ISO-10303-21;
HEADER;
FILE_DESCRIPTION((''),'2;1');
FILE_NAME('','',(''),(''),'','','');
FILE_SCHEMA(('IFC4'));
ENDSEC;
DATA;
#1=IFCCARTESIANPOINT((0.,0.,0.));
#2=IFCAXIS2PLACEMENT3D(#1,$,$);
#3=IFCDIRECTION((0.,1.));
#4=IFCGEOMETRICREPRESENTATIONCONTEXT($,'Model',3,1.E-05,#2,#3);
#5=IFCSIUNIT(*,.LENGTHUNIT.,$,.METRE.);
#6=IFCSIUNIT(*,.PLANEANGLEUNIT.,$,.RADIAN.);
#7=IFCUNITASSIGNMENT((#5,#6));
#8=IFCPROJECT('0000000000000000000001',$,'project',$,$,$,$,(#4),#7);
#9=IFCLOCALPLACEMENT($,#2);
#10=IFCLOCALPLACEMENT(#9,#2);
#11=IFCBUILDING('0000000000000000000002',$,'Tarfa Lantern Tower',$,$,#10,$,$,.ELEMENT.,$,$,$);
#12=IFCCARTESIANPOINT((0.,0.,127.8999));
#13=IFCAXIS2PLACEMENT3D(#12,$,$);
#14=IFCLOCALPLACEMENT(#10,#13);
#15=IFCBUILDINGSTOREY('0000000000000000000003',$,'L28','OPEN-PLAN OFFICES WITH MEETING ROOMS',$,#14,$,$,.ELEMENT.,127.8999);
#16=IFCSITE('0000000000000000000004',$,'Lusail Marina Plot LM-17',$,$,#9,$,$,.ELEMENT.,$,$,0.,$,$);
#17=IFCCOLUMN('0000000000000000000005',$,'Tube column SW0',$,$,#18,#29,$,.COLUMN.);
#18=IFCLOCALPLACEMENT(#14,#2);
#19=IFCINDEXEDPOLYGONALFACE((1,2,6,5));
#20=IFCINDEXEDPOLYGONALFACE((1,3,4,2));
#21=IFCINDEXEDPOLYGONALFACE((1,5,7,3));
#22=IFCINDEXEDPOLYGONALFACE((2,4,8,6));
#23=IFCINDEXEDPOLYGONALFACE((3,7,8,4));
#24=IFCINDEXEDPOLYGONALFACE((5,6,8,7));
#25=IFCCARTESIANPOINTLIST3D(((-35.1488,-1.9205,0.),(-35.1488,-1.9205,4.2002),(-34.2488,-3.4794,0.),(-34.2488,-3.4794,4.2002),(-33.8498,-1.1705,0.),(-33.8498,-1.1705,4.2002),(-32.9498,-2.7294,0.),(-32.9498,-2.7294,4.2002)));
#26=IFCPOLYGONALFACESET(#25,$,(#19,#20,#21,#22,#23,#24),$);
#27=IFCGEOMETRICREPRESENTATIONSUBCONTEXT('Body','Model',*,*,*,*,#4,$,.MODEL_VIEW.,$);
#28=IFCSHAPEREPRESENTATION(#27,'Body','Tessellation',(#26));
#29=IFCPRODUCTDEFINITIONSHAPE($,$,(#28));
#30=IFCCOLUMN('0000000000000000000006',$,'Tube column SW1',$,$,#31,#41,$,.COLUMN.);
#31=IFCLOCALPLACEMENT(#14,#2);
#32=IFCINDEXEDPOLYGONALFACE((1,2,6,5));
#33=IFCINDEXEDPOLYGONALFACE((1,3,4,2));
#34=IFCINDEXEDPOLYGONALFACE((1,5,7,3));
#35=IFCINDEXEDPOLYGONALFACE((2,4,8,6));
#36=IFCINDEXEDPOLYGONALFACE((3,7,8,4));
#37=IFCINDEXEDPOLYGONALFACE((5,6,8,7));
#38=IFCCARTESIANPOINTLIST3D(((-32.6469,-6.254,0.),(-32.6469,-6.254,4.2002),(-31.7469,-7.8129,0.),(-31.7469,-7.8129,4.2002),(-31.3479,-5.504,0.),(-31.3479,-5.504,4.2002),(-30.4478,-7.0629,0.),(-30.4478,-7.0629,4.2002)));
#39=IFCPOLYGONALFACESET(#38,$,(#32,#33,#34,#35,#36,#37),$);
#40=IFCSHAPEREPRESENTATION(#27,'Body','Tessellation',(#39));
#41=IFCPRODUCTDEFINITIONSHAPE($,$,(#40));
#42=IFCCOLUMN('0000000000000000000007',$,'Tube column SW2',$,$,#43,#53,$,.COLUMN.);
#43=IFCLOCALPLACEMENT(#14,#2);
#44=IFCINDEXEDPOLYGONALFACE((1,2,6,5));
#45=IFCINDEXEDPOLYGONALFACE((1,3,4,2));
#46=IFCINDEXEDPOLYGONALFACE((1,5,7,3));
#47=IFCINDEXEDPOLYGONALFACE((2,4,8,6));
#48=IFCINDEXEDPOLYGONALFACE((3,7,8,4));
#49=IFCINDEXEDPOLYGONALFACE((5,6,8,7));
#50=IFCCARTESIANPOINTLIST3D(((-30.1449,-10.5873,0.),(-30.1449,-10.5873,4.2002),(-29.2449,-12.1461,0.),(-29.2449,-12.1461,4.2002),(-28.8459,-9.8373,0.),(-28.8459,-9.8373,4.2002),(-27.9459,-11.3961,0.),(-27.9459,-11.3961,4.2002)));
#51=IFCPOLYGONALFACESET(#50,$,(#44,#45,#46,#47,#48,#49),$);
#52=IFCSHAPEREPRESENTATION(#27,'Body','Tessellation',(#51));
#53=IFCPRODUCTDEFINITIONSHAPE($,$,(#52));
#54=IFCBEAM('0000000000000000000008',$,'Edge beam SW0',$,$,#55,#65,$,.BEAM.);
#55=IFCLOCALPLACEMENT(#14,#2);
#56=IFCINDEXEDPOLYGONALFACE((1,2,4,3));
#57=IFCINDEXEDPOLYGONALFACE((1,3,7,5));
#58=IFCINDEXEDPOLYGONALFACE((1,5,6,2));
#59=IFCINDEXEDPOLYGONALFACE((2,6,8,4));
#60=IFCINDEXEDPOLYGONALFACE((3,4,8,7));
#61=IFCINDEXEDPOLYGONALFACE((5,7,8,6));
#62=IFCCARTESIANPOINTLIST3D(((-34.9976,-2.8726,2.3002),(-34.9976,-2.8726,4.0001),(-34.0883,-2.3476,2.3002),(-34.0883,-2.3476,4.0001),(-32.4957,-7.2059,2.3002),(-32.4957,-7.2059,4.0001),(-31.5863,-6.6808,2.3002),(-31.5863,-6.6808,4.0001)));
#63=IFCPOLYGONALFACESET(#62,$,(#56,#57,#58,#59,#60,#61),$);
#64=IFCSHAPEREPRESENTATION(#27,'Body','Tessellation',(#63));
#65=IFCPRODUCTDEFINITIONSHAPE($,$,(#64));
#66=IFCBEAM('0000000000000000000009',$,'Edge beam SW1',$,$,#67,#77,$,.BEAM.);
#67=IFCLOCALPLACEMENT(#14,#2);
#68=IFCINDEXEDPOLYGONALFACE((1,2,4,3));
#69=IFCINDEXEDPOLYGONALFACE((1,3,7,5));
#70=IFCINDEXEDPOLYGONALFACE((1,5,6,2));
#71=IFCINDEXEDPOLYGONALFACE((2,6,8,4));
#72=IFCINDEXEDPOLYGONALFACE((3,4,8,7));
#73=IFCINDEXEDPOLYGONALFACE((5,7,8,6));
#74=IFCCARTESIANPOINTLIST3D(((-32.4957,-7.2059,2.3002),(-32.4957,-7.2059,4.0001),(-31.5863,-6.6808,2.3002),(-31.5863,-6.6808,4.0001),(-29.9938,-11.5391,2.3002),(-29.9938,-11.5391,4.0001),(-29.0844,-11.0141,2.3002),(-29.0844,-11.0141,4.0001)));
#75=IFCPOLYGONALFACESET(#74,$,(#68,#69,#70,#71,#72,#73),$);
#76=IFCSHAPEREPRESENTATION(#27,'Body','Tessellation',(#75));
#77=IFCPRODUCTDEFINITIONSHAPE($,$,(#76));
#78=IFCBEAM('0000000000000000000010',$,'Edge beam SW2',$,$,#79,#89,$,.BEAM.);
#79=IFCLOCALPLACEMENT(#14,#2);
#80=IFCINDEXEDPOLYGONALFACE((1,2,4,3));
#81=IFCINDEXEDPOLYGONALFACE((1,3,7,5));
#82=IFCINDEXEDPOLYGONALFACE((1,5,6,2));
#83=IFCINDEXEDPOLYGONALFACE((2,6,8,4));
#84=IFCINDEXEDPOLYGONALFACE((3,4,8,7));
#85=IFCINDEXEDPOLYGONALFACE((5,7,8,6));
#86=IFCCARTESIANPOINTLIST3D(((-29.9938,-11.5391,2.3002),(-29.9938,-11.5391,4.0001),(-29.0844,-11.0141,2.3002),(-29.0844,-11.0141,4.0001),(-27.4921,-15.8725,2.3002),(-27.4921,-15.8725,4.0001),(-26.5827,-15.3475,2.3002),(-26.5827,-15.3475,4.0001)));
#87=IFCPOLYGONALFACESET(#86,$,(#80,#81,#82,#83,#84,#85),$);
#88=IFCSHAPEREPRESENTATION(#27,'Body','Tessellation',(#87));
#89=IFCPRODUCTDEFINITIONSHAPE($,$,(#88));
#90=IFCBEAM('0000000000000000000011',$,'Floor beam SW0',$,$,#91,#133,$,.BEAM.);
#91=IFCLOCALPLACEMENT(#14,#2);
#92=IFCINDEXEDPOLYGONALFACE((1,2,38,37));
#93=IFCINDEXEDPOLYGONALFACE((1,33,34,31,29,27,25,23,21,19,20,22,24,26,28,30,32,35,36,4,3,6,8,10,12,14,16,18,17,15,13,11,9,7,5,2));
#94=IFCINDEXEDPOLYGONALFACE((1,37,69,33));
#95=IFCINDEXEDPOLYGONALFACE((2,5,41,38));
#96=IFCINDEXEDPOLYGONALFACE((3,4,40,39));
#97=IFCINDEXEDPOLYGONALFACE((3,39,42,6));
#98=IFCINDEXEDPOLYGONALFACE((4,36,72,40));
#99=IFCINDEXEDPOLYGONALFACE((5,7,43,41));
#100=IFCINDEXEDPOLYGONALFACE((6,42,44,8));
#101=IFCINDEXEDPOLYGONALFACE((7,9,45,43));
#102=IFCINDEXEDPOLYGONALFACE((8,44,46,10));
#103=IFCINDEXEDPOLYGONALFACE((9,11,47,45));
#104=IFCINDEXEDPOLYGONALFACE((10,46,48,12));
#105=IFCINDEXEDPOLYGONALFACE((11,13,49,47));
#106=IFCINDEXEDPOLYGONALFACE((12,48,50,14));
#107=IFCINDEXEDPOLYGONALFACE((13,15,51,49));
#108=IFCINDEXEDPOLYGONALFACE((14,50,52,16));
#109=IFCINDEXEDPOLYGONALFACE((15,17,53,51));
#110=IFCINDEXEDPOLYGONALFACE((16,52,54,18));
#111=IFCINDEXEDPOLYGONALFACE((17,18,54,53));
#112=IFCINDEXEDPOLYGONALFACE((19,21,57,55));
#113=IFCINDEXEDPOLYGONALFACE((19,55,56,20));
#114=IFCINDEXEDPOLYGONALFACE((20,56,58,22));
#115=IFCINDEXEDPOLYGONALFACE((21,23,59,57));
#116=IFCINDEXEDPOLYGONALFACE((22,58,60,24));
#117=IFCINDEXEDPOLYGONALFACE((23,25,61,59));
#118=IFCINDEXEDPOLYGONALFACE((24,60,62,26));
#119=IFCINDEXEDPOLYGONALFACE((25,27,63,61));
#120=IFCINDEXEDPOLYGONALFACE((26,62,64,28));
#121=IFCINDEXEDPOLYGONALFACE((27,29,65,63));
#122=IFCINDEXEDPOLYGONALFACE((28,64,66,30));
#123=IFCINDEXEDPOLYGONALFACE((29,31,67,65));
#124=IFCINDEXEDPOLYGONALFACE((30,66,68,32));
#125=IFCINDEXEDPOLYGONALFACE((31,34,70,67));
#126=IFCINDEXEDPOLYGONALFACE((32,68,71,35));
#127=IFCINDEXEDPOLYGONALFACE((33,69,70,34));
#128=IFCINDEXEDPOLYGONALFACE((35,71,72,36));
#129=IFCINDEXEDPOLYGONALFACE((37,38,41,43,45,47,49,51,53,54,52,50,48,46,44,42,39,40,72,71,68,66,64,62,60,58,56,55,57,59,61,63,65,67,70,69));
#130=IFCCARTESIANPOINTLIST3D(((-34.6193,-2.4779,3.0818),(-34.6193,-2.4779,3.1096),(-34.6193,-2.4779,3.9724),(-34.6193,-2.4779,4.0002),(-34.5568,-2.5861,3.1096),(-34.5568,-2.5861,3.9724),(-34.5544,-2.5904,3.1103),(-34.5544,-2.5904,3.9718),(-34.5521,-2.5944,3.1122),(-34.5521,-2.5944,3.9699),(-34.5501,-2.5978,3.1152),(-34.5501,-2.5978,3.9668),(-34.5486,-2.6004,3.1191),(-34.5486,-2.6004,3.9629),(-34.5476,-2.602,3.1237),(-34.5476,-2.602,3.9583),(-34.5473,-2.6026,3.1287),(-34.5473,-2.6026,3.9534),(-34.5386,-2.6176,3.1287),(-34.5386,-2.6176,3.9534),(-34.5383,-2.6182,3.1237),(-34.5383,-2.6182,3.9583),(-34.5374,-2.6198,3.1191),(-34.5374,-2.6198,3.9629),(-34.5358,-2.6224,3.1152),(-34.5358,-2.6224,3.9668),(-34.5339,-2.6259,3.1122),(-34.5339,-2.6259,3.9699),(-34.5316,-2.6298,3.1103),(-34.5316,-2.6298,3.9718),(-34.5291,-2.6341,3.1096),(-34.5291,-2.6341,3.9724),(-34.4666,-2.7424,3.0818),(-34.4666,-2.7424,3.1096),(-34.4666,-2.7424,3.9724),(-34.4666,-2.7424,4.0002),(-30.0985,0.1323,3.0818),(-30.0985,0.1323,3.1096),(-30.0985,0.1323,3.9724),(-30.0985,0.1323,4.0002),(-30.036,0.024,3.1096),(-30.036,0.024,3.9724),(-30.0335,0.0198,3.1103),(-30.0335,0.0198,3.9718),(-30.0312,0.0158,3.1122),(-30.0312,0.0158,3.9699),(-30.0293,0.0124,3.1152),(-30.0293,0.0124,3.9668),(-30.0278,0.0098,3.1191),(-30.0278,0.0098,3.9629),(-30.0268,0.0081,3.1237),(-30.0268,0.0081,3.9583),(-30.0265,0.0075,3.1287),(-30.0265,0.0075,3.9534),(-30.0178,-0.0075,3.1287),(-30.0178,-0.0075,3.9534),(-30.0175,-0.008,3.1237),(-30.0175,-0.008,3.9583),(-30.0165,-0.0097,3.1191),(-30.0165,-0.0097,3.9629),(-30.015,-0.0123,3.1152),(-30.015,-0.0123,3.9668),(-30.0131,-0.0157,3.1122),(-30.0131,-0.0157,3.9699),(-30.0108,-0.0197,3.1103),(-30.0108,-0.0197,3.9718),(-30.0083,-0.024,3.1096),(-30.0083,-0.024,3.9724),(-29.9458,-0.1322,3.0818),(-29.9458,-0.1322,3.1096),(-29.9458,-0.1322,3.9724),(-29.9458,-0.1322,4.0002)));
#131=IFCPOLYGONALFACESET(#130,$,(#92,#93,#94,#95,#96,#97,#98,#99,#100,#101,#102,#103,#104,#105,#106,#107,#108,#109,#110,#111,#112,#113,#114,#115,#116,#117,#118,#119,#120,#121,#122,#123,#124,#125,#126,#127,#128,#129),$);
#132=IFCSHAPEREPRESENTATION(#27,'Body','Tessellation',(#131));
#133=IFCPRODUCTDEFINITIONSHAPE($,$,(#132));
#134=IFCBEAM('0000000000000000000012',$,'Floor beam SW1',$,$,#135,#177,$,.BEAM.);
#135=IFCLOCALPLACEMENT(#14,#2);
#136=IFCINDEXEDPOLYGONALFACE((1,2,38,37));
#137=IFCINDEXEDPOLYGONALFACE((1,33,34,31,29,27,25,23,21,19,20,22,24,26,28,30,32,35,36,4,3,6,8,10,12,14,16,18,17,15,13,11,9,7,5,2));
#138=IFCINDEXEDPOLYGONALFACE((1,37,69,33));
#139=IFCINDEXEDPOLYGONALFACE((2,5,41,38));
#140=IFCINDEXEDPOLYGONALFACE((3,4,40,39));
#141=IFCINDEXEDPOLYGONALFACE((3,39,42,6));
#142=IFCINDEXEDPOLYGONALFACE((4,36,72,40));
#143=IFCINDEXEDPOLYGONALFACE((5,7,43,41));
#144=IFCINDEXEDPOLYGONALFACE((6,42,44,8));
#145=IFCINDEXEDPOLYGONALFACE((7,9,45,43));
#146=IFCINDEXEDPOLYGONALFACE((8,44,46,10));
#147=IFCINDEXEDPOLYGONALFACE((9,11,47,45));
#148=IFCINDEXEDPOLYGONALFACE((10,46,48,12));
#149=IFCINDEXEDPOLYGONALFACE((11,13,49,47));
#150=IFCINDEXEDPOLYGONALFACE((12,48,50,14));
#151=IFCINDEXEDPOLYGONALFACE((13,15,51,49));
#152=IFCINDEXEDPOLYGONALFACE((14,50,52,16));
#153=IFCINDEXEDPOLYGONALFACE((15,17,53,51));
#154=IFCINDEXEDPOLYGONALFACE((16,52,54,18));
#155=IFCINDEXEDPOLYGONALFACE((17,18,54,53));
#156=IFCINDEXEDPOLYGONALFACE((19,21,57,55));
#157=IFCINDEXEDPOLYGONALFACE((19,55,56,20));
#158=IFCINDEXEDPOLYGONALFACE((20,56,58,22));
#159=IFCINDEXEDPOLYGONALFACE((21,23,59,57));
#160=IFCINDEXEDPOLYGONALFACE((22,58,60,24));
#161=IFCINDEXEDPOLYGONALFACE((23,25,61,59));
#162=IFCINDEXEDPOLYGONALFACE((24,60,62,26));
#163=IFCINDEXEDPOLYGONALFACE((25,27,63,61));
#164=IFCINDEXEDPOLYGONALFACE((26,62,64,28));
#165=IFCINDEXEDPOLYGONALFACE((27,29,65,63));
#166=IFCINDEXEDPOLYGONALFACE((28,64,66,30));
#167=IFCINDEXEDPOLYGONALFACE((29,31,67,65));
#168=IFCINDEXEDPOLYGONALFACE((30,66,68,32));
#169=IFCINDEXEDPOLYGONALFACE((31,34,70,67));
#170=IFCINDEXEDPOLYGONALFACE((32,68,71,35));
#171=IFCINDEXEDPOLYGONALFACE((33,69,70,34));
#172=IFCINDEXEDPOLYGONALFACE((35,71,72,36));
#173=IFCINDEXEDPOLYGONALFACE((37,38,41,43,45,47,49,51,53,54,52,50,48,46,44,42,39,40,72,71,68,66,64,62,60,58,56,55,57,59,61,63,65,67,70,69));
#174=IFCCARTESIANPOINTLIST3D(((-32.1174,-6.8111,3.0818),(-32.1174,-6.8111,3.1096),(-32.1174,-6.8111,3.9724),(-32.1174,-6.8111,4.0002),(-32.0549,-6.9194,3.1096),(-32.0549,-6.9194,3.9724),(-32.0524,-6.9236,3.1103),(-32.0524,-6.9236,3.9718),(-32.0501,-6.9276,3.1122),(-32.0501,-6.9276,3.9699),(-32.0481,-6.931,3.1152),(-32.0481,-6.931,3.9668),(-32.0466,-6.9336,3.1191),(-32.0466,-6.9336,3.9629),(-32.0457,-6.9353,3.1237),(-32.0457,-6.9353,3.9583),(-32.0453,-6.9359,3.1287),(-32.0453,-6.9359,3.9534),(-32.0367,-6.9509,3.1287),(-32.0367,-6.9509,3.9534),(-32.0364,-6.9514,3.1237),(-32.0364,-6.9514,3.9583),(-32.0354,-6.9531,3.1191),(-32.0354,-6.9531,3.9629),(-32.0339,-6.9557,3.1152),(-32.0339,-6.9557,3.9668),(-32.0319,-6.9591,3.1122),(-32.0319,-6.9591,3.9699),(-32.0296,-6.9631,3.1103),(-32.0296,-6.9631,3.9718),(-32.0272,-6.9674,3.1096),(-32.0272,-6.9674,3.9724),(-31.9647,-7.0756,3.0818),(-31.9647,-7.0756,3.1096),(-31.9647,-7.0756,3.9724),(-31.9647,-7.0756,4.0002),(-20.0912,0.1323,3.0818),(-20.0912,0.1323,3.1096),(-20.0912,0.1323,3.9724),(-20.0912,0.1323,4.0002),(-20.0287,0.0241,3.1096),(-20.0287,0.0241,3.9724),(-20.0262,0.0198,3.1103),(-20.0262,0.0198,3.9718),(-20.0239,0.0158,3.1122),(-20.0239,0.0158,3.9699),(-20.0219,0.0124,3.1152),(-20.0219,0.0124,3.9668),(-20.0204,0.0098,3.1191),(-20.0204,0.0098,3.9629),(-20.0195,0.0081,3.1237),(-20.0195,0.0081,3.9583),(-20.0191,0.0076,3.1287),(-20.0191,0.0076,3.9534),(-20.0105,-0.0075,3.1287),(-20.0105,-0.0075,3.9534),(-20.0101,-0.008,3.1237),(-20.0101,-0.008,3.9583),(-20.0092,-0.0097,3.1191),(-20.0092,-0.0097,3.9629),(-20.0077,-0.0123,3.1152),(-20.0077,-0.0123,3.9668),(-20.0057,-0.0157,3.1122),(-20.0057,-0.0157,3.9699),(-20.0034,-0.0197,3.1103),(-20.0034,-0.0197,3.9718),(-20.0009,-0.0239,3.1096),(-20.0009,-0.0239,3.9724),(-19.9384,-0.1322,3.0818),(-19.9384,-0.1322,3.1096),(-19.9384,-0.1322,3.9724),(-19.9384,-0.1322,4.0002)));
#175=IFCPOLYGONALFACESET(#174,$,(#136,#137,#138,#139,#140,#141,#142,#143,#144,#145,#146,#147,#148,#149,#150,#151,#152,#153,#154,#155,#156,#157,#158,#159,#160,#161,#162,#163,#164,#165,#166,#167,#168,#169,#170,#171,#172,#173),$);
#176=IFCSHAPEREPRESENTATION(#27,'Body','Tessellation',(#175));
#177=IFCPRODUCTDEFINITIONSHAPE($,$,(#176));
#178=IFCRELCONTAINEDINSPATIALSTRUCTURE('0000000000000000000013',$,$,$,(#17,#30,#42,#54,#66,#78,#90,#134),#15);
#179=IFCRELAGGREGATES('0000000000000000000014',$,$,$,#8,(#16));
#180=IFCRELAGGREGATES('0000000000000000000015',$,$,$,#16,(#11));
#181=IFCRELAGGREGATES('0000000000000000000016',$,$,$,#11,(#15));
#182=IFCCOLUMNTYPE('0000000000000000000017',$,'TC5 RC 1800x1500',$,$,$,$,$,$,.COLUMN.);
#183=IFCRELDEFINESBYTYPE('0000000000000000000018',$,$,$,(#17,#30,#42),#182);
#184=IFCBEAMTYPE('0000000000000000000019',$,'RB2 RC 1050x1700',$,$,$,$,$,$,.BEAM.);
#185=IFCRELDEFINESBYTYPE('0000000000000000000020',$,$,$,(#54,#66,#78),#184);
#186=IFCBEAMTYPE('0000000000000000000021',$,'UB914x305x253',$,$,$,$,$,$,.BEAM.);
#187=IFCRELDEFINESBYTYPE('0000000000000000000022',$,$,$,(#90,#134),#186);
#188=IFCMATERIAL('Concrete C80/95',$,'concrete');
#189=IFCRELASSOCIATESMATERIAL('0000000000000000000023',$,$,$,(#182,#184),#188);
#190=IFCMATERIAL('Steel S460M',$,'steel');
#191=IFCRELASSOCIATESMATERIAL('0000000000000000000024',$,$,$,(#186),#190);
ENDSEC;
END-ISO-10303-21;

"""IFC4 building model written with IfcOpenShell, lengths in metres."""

from ifc_helpers import new_model, si_unit, direction, frame, origin, origin_2d, place, context, subcontext, project, spatial, rectangle, i_section, extrude, material, material_profile, profile_set, type_object, element, save


model = new_model("IFC4")

# Units and contexts
model_context = context("Model", 3, precision=1e-05, world=origin(), true_north=direction((0.0, 1.0)))
body_context = subcontext(model_context, "Body", "Model", "MODEL_VIEW")
ifc_project = project(units=[si_unit("LENGTHUNIT", "METRE"), si_unit("PLANEANGLEUNIT", "RADIAN")], contexts=[model_context])

# Site, building, storey
site_placement = place(None, origin())
site = spatial("IfcSite", under=ifc_project, at=site_placement, Name="Lusail Marina Plot LM-17", CompositionType="ELEMENT", RefElevation=0.0)
building_placement = place(site_placement, origin())
building = spatial("IfcBuilding", under=site, at=building_placement, Name="Tarfa Lantern Tower", CompositionType="ELEMENT")
storey_placement = place(building_placement, frame((0.0, 0.0, 127.8999)))
storey = spatial("IfcBuildingStorey", under=building, at=storey_placement, Name="L28", Description="OPEN-PLAN OFFICES WITH MEETING ROOMS", CompositionType="ELEMENT", Elevation=127.8999)

# Columns
ifc_material_1 = material(Name="Concrete C80/95", Category="concrete")
ifc_material_profile_1 = material_profile(ifc_material_1, rectangle(XDim=1.8, YDim=1.5, at=origin_2d()), Name="RC 1800x1500")
ifc_profile_set_1 = profile_set([ifc_material_profile_1], Name="Concrete C80/95")
column_type = type_object("IfcColumnType", Name="TC5 RC 1800x1500", PredefinedType="COLUMN", material=ifc_profile_set_1)
for number, where, z_axis, x_axis, name in (
    (1, (-34.0493, -2.325, 0.0), (0.0, 0.0, 1.0), (0.5, -0.866025, 0.0), "Tube column SW0"),
    (2, (-31.5474, -6.6584, 0.0), (0.0, 0.0, 1.0), (0.5, -0.866025, 0.0), "Tube column SW1"),
    (3, (-29.0454, -10.9917, 0.0), (0.0, 0.0, 1.0), (0.5, -0.866025, 0.0), "Tube column SW2"),
):
    element("IfcColumn", number, at=place(storey_placement, frame(where, z_axis=z_axis, x_axis=x_axis)), inside=storey, type_object=column_type, Name=name, PredefinedType="COLUMN", context=body_context, shape_type="SweptSolid", body=[
        extrude(rectangle(XDim=1.8, YDim=1.5, at=origin_2d()), origin(), (0.0, 0.0, 1.0), 4.2002),
    ])

# Beams
ifc_material_profile_2 = material_profile(ifc_material_1, rectangle(XDim=1.05, YDim=1.7, at=origin_2d()), Name="RC 1050x1700")
ifc_profile_set_2 = profile_set([ifc_material_profile_2], Name="Concrete C80/95")
beam_type_1 = type_object("IfcBeamType", Name="RB2 RC 1050x1700", PredefinedType="BEAM", material=ifc_profile_set_2)
for number, where, z_axis, x_axis, name in (
    (4, (-34.543, -2.6101, 3.1501), (0.500022, -0.866013, 0.0), (0.866013, 0.500022, 0.0), "Edge beam SW0"),
    (5, (-32.041, -6.9434, 3.1501), (0.500022, -0.866013, 0.0), (0.866013, 0.500022, 0.0), "Edge beam SW1"),
    (6, (-29.5391, -11.2766, 3.1501), (0.499965, -0.866046, 0.0), (0.866046, 0.499965, 0.0), "Edge beam SW2"),
):
    element("IfcBeam", number, at=place(storey_placement, frame(where, z_axis=z_axis, x_axis=x_axis)), inside=storey, type_object=beam_type_1, Name=name, PredefinedType="BEAM", context=body_context, shape_type="SweptSolid", body=[
        extrude(rectangle(XDim=1.05, YDim=1.7, at=origin_2d()), origin(), (0.0, 0.0, 1.0), 5.0037),
    ])
ifc_material_2 = material(Name="Steel S460M", Category="steel")
ifc_material_profile_3 = material_profile(ifc_material_2, i_section(OverallWidth=0.3054, OverallDepth=0.9185, WebThickness=0.0173, FlangeThickness=0.0278, FilletRadius=0.019, at=origin_2d()), Name="UB914x305x253")
ifc_profile_set_3 = profile_set([ifc_material_profile_3], Name="Steel S460M")
beam_type_2 = type_object("IfcBeamType", Name="UB914x305x253", PredefinedType="BEAM", material=ifc_profile_set_3)
beam_1_placement = place(storey_placement, frame((-34.543, -2.6101, 3.541), z_axis=(0.866021, 0.500007, 0.0), x_axis=(-0.500007, 0.866021, 0.0)))
element("IfcBeam", 7, at=beam_1_placement, inside=storey, type_object=beam_type_2, Name="Floor beam SW0", PredefinedType="BEAM", context=body_context, shape_type="SweptSolid", body=[
    extrude(i_section(OverallWidth=0.3054, OverallDepth=0.9185, WebThickness=0.0173, FlangeThickness=0.0278, FilletRadius=0.019, at=origin_2d()), origin(), (0.0, 0.0, 1.0), 5.2202),
])
beam_2_placement = place(storey_placement, frame((-32.041, -6.9434, 3.541), z_axis=(0.866023, 0.500004, 0.0), x_axis=(-0.500004, 0.866023, 0.0)))
element("IfcBeam", 8, at=beam_2_placement, inside=storey, type_object=beam_type_2, Name="Floor beam SW1", PredefinedType="BEAM", context=body_context, shape_type="SweptSolid", body=[
    extrude(i_section(OverallWidth=0.3054, OverallDepth=0.9185, WebThickness=0.0173, FlangeThickness=0.0278, FilletRadius=0.019, at=origin_2d()), origin(), (0.0, 0.0, 1.0), 13.8867),
])

save(model, "model.ifc")
